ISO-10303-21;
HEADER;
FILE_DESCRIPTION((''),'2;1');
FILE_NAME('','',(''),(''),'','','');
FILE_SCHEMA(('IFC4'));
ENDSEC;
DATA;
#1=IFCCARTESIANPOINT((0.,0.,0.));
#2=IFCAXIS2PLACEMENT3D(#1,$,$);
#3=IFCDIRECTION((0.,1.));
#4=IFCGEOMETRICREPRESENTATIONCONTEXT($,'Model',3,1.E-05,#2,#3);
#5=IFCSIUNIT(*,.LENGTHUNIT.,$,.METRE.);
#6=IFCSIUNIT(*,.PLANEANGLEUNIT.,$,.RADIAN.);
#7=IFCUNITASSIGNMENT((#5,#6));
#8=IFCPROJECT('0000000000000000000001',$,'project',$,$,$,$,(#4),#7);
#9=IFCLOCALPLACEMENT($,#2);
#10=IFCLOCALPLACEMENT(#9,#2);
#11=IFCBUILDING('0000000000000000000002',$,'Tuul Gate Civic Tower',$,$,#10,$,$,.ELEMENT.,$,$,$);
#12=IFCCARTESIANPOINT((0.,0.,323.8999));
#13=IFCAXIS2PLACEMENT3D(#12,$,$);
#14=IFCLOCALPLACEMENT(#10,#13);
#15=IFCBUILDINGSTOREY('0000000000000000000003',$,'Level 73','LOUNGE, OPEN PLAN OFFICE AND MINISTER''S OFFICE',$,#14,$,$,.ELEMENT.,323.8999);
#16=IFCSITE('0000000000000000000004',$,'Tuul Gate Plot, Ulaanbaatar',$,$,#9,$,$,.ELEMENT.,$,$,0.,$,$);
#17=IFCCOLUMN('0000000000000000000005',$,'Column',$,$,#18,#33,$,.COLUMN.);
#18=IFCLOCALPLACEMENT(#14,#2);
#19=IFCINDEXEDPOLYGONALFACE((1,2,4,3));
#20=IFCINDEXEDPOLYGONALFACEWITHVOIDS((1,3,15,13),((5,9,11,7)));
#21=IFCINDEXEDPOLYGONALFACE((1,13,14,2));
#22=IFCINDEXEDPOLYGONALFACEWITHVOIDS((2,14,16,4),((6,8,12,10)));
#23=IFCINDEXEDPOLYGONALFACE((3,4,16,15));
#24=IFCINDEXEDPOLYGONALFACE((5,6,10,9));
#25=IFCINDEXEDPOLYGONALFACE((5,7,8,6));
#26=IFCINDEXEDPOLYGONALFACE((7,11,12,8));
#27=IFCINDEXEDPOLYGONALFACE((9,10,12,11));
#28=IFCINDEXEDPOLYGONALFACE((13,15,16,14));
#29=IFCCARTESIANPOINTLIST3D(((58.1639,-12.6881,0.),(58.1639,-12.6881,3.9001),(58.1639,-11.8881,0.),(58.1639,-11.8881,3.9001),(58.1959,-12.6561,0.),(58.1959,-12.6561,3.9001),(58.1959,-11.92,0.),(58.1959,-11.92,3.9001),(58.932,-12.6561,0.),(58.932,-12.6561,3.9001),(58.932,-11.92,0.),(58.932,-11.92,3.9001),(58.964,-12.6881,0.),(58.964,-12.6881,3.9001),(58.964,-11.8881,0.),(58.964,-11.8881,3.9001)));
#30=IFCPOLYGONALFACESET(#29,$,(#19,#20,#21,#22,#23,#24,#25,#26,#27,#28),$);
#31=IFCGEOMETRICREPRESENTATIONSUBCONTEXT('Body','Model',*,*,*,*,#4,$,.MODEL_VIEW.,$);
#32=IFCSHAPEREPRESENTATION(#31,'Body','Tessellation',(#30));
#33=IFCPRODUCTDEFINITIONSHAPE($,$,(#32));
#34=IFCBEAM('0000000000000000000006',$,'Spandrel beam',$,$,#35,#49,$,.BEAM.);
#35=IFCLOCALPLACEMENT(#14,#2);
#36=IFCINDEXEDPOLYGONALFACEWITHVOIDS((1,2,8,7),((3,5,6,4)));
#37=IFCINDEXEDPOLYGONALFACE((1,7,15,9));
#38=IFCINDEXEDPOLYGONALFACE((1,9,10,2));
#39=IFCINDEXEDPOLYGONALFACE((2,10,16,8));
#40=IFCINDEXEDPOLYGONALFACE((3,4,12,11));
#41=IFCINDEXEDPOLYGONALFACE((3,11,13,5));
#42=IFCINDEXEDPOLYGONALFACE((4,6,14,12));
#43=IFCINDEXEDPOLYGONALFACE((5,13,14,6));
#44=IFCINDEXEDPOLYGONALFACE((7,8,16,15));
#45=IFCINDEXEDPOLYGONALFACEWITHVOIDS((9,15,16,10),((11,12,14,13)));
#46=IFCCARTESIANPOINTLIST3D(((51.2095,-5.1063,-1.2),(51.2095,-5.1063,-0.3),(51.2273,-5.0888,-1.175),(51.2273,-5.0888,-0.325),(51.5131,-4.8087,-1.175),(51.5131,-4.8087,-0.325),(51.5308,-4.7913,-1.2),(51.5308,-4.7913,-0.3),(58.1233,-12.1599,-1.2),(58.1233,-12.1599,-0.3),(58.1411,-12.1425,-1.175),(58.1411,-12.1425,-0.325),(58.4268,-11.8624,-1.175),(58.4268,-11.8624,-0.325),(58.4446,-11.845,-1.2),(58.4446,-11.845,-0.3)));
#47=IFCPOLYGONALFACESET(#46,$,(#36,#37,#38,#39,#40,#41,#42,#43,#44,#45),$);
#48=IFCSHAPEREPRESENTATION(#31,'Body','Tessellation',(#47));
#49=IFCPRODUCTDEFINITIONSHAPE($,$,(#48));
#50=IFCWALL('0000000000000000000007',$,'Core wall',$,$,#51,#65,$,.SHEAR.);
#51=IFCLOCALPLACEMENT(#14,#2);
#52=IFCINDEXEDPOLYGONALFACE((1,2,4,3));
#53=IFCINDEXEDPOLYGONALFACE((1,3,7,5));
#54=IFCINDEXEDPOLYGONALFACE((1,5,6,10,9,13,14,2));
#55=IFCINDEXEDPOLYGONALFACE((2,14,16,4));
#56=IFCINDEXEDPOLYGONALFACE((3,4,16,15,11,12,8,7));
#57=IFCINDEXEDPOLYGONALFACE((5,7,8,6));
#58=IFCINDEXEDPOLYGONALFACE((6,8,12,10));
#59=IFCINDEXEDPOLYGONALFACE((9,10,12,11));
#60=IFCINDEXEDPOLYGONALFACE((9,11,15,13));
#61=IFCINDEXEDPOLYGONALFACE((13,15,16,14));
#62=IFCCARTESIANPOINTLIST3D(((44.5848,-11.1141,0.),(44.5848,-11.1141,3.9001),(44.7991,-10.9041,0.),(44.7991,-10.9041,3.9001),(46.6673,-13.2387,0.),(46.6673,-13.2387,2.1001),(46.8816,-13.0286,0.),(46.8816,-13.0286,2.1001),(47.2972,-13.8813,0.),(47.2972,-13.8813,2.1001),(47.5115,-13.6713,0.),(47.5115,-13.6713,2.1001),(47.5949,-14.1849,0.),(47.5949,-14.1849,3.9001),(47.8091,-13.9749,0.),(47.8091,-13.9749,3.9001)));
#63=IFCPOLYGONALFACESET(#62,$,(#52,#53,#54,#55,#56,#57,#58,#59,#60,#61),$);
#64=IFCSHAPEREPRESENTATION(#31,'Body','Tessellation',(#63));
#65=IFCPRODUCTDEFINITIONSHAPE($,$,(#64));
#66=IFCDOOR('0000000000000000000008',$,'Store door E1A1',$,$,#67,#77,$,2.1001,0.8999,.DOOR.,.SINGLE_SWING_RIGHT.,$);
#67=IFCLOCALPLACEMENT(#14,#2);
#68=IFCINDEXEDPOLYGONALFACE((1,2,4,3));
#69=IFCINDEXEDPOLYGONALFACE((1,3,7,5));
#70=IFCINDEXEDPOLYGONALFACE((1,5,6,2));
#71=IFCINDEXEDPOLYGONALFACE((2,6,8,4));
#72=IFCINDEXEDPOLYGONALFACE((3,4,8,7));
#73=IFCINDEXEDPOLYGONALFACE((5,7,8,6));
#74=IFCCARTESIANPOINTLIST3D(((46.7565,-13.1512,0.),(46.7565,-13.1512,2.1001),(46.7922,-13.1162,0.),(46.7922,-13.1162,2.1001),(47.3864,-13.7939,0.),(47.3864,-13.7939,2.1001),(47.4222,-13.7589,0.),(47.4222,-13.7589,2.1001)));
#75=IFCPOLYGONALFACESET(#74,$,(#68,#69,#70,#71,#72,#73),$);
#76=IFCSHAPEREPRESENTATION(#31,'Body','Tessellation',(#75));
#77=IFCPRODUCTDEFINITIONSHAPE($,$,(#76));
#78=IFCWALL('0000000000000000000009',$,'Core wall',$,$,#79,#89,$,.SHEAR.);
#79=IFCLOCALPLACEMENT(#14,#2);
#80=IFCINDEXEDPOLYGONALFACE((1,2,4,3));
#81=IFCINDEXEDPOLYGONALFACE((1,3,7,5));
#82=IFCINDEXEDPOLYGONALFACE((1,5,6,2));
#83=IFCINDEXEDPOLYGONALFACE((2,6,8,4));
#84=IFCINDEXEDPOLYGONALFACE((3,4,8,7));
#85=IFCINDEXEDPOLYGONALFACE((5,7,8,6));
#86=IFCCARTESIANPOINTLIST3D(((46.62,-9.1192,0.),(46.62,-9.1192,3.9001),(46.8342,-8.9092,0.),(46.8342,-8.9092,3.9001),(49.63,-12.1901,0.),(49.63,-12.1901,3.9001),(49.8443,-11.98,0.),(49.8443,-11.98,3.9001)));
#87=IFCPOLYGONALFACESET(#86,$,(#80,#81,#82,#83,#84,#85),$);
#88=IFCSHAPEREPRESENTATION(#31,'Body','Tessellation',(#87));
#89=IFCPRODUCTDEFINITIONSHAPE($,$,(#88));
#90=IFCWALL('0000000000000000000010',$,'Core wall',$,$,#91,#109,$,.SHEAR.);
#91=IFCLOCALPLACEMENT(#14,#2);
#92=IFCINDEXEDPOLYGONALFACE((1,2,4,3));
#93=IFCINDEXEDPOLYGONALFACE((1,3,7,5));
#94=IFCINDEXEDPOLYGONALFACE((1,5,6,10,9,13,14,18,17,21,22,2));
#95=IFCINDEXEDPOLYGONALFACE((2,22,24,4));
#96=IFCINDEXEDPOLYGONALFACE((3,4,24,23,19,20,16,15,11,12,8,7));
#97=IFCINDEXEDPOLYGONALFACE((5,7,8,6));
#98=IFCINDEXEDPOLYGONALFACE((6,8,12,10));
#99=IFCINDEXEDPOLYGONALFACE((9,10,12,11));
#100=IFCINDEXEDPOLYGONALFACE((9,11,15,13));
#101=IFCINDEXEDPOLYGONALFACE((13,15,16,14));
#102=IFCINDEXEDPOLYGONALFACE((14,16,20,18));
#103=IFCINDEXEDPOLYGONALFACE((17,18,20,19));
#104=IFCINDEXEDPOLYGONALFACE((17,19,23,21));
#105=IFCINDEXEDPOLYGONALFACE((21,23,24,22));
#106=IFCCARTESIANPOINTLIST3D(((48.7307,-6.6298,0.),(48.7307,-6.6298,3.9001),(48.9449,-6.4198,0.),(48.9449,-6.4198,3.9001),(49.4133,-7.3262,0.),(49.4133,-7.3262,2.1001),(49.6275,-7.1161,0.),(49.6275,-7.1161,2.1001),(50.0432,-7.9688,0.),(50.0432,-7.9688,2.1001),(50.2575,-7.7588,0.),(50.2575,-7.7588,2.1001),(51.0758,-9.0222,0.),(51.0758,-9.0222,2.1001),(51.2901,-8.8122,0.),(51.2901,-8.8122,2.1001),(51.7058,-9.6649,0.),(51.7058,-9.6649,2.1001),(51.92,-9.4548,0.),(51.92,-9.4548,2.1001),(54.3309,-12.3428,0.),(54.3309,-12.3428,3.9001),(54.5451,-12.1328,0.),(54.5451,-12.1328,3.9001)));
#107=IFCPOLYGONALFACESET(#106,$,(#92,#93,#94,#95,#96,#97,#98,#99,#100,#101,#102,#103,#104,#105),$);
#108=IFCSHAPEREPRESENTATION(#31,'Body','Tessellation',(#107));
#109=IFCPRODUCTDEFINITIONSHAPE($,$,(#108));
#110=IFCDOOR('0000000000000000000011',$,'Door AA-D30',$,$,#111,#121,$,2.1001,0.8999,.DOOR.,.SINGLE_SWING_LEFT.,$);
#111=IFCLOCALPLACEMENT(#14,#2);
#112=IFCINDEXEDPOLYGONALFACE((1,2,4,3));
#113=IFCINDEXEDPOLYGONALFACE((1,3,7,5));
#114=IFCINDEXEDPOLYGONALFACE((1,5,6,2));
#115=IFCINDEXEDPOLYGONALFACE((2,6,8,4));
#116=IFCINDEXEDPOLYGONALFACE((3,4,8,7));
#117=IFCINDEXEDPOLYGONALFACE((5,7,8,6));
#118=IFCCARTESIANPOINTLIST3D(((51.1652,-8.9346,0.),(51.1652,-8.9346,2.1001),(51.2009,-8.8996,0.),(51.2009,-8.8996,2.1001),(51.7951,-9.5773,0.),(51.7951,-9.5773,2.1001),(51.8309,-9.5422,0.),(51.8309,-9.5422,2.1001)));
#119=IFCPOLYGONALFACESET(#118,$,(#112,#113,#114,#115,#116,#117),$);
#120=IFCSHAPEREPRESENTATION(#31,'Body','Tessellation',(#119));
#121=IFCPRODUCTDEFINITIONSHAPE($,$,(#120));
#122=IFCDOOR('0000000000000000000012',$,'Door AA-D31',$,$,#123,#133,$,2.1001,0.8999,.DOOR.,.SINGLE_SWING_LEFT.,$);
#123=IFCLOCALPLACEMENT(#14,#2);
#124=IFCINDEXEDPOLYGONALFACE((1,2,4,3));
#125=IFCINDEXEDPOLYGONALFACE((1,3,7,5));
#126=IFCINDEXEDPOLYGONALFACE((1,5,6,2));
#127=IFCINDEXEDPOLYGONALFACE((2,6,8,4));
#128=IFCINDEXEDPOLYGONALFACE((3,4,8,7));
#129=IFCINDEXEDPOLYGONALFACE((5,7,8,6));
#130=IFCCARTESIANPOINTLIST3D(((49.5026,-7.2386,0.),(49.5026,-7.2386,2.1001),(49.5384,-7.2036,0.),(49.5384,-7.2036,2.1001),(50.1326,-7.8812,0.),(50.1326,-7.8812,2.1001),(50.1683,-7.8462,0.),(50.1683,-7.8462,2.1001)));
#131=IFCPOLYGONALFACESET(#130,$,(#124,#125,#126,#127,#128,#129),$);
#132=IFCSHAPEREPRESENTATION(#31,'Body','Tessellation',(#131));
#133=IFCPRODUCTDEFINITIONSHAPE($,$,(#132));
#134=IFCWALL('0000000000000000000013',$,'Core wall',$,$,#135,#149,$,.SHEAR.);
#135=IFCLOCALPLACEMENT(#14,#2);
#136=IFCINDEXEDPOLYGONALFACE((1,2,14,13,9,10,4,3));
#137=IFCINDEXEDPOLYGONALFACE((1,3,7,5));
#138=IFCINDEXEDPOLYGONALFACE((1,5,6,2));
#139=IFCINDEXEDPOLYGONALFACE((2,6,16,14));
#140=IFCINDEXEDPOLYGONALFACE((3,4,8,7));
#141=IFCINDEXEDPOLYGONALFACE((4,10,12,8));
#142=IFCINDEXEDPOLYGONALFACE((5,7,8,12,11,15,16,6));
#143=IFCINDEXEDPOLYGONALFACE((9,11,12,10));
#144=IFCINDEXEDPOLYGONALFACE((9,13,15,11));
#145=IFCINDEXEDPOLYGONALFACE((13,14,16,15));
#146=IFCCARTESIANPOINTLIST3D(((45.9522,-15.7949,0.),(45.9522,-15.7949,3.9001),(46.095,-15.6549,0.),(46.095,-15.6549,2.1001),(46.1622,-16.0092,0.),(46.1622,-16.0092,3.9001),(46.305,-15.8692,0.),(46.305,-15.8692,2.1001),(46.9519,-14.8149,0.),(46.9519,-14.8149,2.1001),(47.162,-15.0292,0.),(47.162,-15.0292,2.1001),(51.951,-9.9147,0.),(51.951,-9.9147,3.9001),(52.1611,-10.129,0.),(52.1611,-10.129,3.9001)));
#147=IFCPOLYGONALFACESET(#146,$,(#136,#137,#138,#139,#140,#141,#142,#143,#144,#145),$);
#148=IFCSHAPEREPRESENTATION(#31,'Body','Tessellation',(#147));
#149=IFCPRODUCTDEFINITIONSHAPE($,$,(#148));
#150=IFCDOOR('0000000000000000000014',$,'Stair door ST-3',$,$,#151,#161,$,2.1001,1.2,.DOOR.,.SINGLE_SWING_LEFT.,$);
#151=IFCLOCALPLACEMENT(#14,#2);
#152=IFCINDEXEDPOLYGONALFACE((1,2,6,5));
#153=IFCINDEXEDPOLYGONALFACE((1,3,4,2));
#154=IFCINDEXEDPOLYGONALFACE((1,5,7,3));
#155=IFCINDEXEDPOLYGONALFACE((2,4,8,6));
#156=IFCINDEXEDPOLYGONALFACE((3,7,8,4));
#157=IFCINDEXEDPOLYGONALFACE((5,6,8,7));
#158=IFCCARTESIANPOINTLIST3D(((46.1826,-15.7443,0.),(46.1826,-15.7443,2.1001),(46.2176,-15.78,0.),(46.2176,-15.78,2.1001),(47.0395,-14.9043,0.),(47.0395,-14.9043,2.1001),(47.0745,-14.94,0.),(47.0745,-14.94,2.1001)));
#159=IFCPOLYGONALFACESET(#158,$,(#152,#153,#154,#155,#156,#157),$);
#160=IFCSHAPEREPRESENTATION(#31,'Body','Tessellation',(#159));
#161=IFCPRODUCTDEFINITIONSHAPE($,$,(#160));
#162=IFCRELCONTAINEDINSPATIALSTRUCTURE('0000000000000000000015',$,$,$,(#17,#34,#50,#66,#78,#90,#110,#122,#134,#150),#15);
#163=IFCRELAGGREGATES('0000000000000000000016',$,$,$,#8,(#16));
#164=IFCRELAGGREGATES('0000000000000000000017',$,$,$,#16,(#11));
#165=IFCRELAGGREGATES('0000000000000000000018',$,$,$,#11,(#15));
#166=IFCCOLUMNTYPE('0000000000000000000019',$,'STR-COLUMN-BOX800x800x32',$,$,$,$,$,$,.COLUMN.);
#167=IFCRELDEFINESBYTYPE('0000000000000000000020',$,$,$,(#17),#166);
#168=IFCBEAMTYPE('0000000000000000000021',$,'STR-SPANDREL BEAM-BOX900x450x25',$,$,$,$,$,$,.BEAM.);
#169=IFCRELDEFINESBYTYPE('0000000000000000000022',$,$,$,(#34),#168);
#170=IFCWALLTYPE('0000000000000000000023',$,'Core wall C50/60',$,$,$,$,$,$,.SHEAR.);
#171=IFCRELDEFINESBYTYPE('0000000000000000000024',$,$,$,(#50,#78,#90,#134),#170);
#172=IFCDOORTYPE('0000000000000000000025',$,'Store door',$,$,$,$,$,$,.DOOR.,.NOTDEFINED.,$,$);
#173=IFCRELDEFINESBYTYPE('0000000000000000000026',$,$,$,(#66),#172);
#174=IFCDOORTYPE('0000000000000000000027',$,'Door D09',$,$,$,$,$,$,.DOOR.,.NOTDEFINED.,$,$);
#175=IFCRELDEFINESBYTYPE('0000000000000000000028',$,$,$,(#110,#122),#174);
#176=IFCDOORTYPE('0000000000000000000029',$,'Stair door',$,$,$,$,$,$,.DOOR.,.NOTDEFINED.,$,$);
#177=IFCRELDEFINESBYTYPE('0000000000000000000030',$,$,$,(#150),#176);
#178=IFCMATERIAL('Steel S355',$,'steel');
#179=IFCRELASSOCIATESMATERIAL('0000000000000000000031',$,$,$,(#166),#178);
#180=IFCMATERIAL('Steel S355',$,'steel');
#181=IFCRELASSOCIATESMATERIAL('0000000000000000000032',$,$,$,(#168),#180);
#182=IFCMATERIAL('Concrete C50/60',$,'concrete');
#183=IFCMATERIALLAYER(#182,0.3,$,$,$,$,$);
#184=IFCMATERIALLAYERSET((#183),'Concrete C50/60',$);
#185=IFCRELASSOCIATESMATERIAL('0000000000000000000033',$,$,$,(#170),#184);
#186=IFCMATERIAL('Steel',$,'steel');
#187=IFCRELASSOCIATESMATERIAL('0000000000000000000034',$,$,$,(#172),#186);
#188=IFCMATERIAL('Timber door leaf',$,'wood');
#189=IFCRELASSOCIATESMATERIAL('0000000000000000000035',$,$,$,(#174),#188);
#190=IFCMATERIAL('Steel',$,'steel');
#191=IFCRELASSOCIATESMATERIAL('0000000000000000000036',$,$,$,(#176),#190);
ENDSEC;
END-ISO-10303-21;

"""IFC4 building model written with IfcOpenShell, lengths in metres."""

from ifc_helpers import new_model, si_unit, direction, frame, frame_2d, origin, origin_2d, place, context, subcontext, project, spatial, rectangle, hollow_rectangle, extrude, material, layer, layer_set, material_profile, profile_set, type_object, element, fill, save


model = new_model("IFC4")

# Units and contexts
model_context = context("Model", 3, precision=1e-05, world=origin(), true_north=direction((0.0, 1.0)))
body_context = subcontext(model_context, "Body", "Model", "MODEL_VIEW")
ifc_project = project(units=[si_unit("LENGTHUNIT", "METRE"), si_unit("PLANEANGLEUNIT", "RADIAN")], contexts=[model_context])

# Site, building, storey
site_placement = place(None, origin())
site = spatial("IfcSite", under=ifc_project, at=site_placement, Name="Tuul Gate Plot, Ulaanbaatar", CompositionType="ELEMENT", RefElevation=0.0)
building_placement = place(site_placement, origin())
building = spatial("IfcBuilding", under=site, at=building_placement, Name="Tuul Gate Civic Tower", CompositionType="ELEMENT")
storey_placement = place(building_placement, frame((0.0, 0.0, 323.8999)))
storey = spatial("IfcBuildingStorey", under=building, at=storey_placement, Name="Level 73", Description="LOUNGE, OPEN PLAN OFFICE AND MINISTER'S OFFICE", CompositionType="ELEMENT", Elevation=323.8999)

# Column
ifc_material_1 = material(Name="Steel S355", Category="steel")
ifc_material_profile_1 = material_profile(ifc_material_1, hollow_rectangle(XDim=0.8, YDim=0.8, WallThickness=0.032, at=origin_2d()), Name="BOX800x800x32")
ifc_profile_set_1 = profile_set([ifc_material_profile_1], Name="Steel S355")
column_type = type_object("IfcColumnType", Name="STR-COLUMN-BOX800x800x32", PredefinedType="COLUMN", material=ifc_profile_set_1)
column_placement = place(storey_placement, frame((58.564, -12.2881, 0.0), z_axis=(0.0, 0.0, 1.0), x_axis=(1.0, 0.0, 0.0)))
element("IfcColumn", 1, at=column_placement, inside=storey, type_object=column_type, Name="Column", PredefinedType="COLUMN", context=body_context, shape_type="SweptSolid", body=[
    extrude(hollow_rectangle(XDim=0.8, YDim=0.8, WallThickness=0.032, at=origin_2d()), origin(), (0.0, 0.0, 1.0), 3.9001),
])

# Beam
ifc_material_2 = material(Name="Steel S355", Category="steel")
ifc_material_profile_2 = material_profile(ifc_material_2, hollow_rectangle(XDim=0.45, YDim=0.8999, WallThickness=0.0249, at=origin_2d()), Name="BOX900x450x25")
ifc_profile_set_2 = profile_set([ifc_material_profile_2], Name="Steel S355")
beam_type = type_object("IfcBeamType", Name="STR-SPANDREL BEAM-BOX900x450x25", PredefinedType="BEAM", material=ifc_profile_set_2)
beam_placement = place(storey_placement, frame((58.2839, -12.0024, -0.75), z_axis=(-0.69999, 0.714153, 0.0), x_axis=(-0.714153, -0.69999, 0.0)))
element("IfcBeam", 2, at=beam_placement, inside=storey, type_object=beam_type, Name="Spandrel beam", PredefinedType="BEAM", context=body_context, shape_type="SweptSolid", body=[
    extrude(hollow_rectangle(XDim=0.45, YDim=0.8999, WallThickness=0.0249, at=origin_2d()), origin(), (0.0, 0.0, 1.0), 9.877),
])

# Wall, opening, door
ifc_material_3 = material(Name="Concrete C50/60", Category="concrete")
ifc_layer_1 = layer(ifc_material_3, 0.3)
ifc_layer_set_1 = layer_set([ifc_layer_1], Name="Concrete C50/60")
wall_type_1 = type_object("IfcWallType", Name="Core wall C50/60", PredefinedType="SHEAR", material=ifc_layer_set_1)
wall_1_placement = place(storey_placement, frame((47.7019, -14.0798, 0.0), z_axis=(0.0, 0.0, 1.0), x_axis=(-0.700003, 0.71414, 0.0)))
wall_1 = element("IfcWall", 3, at=wall_1_placement, inside=storey, type_object=wall_type_1, Name="Core wall", PredefinedType="SHEAR", context=body_context, shape_type="SweptSolid", body=[
    extrude(rectangle(XDim=4.3, YDim=0.3, at=frame_2d((2.1499, 0.0))), origin(), (0.0, 0.0, 1.0), 3.9001),
])
opening_1_placement = place(wall_1_placement, frame((0.425, 0.0, 0.0)))
opening_1 = element("IfcOpeningElement", 4, at=opening_1_placement, cuts=wall_1, PredefinedType="OPENING", context=body_context, shape_type="SweptSolid", body=[
    extrude(rectangle(XDim=0.8999, YDim=2.1001, at=frame_2d((0.45, 1.05))), frame((0.0, 0.1602, 0.0), z_axis=(0.0, -1.0, 0.0), x_axis=(1.0, 0.0, 0.0)), (0.0, 0.0, 1.0), 0.3201),
])
ifc_material_4 = material(Name="Steel", Category="steel")
door_type_1 = type_object("IfcDoorType", Name="Store door", OperationType="NOTDEFINED", PredefinedType="DOOR", material=ifc_material_4)
door_1_placement = place(opening_1_placement, frame((0.8999, 0.0, 0.0), z_axis=(0.0, 0.0, 1.0), x_axis=(-1.0, 0.0, 0.0)))
door_1 = element("IfcDoor", 5, at=door_1_placement, inside=storey, type_object=door_type_1, Name="Store door E1A1", OperationType="SINGLE_SWING_RIGHT", OverallHeight=2.1001, OverallWidth=0.8999, PredefinedType="DOOR", context=body_context, shape_type="SweptSolid", body=[
    extrude(rectangle(XDim=0.8999, YDim=2.1001, at=frame_2d((0.45, 1.05))), frame((0.0, 0.0249, 0.0), z_axis=(0.0, -1.0, 0.0), x_axis=(1.0, 0.0, 0.0)), (0.0, 0.0, 1.0), 0.05),
])
fill(opening_1, door_1)

# Wall
wall_2_placement = place(storey_placement, frame((49.7371, -12.085, 0.0), z_axis=(0.0, 0.0, 1.0), x_axis=(-0.700003, 0.71414, 0.0)))
element("IfcWall", 6, at=wall_2_placement, inside=storey, type_object=wall_type_1, Name="Core wall", PredefinedType="SHEAR", context=body_context, shape_type="SweptSolid", body=[
    extrude(rectangle(XDim=4.3, YDim=0.3, at=frame_2d((2.1499, 0.0))), origin(), (0.0, 0.0, 1.0), 3.9001),
])

# Wall, openings, doors
wall_3_placement = place(storey_placement, frame((54.438, -12.2378, 0.0), z_axis=(0.0, 0.0, 1.0), x_axis=(-0.700022, 0.714121, 0.0)))
wall_3 = element("IfcWall", 7, at=wall_3_placement, inside=storey, type_object=wall_type_1, Name="Core wall", PredefinedType="SHEAR", context=body_context, shape_type="SweptSolid", body=[
    extrude(rectangle(XDim=8.0, YDim=0.3, at=frame_2d((4.0, 0.0))), origin(), (0.0, 0.0, 1.0), 3.9001),
])
opening_2_placement = place(wall_3_placement, frame((3.75, 0.0, 0.0)))
opening_2 = element("IfcOpeningElement", 8, at=opening_2_placement, cuts=wall_3, PredefinedType="OPENING", context=body_context, shape_type="SweptSolid", body=[
    extrude(rectangle(XDim=0.8999, YDim=2.1001, at=frame_2d((0.45, 1.05))), frame((0.0, 0.1602, 0.0), z_axis=(0.0, -1.0, 0.0), x_axis=(1.0, 0.0, 0.0)), (0.0, 0.0, 1.0), 0.3201),
])
opening_3_placement = place(wall_3_placement, frame((6.125, 0.0, 0.0)))
opening_3 = element("IfcOpeningElement", 9, at=opening_3_placement, cuts=wall_3, PredefinedType="OPENING", context=body_context, shape_type="SweptSolid", body=[
    extrude(rectangle(XDim=0.8999, YDim=2.1001, at=frame_2d((0.45, 1.05))), frame((0.0, 0.1602, 0.0), z_axis=(0.0, -1.0, 0.0), x_axis=(1.0, 0.0, 0.0)), (0.0, 0.0, 1.0), 0.3201),
])
ifc_material_5 = material(Name="Timber door leaf", Category="wood")
door_type_2 = type_object("IfcDoorType", Name="Door D09", OperationType="NOTDEFINED", PredefinedType="DOOR", material=ifc_material_5)
door_2_placement = place(opening_2_placement, origin())
door_2 = element("IfcDoor", 10, at=door_2_placement, inside=storey, type_object=door_type_2, Name="Door AA-D30", OperationType="SINGLE_SWING_LEFT", OverallHeight=2.1001, OverallWidth=0.8999, PredefinedType="DOOR", context=body_context, shape_type="SweptSolid", body=[
    extrude(rectangle(XDim=0.8999, YDim=2.1001, at=frame_2d((0.45, 1.05))), frame((0.0, 0.0249, 0.0), z_axis=(0.0, -1.0, 0.0), x_axis=(1.0, 0.0, 0.0)), (0.0, 0.0, 1.0), 0.05),
])
fill(opening_2, door_2)
door_3_placement = place(opening_3_placement, origin())
door_3 = element("IfcDoor", 11, at=door_3_placement, inside=storey, type_object=door_type_2, Name="Door AA-D31", OperationType="SINGLE_SWING_LEFT", OverallHeight=2.1001, OverallWidth=0.8999, PredefinedType="DOOR", context=body_context, shape_type="SweptSolid", body=[
    extrude(rectangle(XDim=0.8999, YDim=2.1001, at=frame_2d((0.45, 1.05))), frame((0.0, 0.0249, 0.0), z_axis=(0.0, -1.0, 0.0), x_axis=(1.0, 0.0, 0.0)), (0.0, 0.0, 1.0), 0.05),
])
fill(opening_3, door_3)

# Wall, opening, door
wall_4_placement = place(storey_placement, frame((46.0571, -15.9021, 0.0), z_axis=(0.0, 0.0, 1.0), x_axis=(0.714134, 0.700009, 0.0)))
wall_4 = element("IfcWall", 12, at=wall_4_placement, inside=storey, type_object=wall_type_1, Name="Core wall", PredefinedType="SHEAR", context=body_context, shape_type="SweptSolid", body=[
    extrude(rectangle(XDim=8.4001, YDim=0.3, at=frame_2d((4.2002, 0.0))), origin(), (0.0, 0.0, 1.0), 3.9001),
])
opening_4_placement = place(wall_4_placement, frame((0.2, 0.0, 0.0)))
opening_4 = element("IfcOpeningElement", 13, at=opening_4_placement, cuts=wall_4, PredefinedType="OPENING", context=body_context, shape_type="SweptSolid", body=[
    extrude(rectangle(XDim=1.2, YDim=2.1001, at=frame_2d((0.6001, 1.05))), frame((0.0, 0.1602, 0.0), z_axis=(0.0, -1.0, 0.0), x_axis=(1.0, 0.0, 0.0)), (0.0, 0.0, 1.0), 0.3201),
])
ifc_material_6 = material(Name="Steel", Category="steel")
door_type_3 = type_object("IfcDoorType", Name="Stair door", OperationType="NOTDEFINED", PredefinedType="DOOR", material=ifc_material_6)
door_4_placement = place(opening_4_placement, origin())
door_4 = element("IfcDoor", 14, at=door_4_placement, inside=storey, type_object=door_type_3, Name="Stair door ST-3", OperationType="SINGLE_SWING_LEFT", OverallHeight=2.1001, OverallWidth=1.2, PredefinedType="DOOR", context=body_context, shape_type="SweptSolid", body=[
    extrude(rectangle(XDim=1.2, YDim=2.1001, at=frame_2d((0.6001, 1.05))), frame((0.0, 0.0249, 0.0), z_axis=(0.0, -1.0, 0.0), x_axis=(1.0, 0.0, 0.0)), (0.0, 0.0, 1.0), 0.05),
])
fill(opening_4, door_4)

save(model, "model.ifc")
